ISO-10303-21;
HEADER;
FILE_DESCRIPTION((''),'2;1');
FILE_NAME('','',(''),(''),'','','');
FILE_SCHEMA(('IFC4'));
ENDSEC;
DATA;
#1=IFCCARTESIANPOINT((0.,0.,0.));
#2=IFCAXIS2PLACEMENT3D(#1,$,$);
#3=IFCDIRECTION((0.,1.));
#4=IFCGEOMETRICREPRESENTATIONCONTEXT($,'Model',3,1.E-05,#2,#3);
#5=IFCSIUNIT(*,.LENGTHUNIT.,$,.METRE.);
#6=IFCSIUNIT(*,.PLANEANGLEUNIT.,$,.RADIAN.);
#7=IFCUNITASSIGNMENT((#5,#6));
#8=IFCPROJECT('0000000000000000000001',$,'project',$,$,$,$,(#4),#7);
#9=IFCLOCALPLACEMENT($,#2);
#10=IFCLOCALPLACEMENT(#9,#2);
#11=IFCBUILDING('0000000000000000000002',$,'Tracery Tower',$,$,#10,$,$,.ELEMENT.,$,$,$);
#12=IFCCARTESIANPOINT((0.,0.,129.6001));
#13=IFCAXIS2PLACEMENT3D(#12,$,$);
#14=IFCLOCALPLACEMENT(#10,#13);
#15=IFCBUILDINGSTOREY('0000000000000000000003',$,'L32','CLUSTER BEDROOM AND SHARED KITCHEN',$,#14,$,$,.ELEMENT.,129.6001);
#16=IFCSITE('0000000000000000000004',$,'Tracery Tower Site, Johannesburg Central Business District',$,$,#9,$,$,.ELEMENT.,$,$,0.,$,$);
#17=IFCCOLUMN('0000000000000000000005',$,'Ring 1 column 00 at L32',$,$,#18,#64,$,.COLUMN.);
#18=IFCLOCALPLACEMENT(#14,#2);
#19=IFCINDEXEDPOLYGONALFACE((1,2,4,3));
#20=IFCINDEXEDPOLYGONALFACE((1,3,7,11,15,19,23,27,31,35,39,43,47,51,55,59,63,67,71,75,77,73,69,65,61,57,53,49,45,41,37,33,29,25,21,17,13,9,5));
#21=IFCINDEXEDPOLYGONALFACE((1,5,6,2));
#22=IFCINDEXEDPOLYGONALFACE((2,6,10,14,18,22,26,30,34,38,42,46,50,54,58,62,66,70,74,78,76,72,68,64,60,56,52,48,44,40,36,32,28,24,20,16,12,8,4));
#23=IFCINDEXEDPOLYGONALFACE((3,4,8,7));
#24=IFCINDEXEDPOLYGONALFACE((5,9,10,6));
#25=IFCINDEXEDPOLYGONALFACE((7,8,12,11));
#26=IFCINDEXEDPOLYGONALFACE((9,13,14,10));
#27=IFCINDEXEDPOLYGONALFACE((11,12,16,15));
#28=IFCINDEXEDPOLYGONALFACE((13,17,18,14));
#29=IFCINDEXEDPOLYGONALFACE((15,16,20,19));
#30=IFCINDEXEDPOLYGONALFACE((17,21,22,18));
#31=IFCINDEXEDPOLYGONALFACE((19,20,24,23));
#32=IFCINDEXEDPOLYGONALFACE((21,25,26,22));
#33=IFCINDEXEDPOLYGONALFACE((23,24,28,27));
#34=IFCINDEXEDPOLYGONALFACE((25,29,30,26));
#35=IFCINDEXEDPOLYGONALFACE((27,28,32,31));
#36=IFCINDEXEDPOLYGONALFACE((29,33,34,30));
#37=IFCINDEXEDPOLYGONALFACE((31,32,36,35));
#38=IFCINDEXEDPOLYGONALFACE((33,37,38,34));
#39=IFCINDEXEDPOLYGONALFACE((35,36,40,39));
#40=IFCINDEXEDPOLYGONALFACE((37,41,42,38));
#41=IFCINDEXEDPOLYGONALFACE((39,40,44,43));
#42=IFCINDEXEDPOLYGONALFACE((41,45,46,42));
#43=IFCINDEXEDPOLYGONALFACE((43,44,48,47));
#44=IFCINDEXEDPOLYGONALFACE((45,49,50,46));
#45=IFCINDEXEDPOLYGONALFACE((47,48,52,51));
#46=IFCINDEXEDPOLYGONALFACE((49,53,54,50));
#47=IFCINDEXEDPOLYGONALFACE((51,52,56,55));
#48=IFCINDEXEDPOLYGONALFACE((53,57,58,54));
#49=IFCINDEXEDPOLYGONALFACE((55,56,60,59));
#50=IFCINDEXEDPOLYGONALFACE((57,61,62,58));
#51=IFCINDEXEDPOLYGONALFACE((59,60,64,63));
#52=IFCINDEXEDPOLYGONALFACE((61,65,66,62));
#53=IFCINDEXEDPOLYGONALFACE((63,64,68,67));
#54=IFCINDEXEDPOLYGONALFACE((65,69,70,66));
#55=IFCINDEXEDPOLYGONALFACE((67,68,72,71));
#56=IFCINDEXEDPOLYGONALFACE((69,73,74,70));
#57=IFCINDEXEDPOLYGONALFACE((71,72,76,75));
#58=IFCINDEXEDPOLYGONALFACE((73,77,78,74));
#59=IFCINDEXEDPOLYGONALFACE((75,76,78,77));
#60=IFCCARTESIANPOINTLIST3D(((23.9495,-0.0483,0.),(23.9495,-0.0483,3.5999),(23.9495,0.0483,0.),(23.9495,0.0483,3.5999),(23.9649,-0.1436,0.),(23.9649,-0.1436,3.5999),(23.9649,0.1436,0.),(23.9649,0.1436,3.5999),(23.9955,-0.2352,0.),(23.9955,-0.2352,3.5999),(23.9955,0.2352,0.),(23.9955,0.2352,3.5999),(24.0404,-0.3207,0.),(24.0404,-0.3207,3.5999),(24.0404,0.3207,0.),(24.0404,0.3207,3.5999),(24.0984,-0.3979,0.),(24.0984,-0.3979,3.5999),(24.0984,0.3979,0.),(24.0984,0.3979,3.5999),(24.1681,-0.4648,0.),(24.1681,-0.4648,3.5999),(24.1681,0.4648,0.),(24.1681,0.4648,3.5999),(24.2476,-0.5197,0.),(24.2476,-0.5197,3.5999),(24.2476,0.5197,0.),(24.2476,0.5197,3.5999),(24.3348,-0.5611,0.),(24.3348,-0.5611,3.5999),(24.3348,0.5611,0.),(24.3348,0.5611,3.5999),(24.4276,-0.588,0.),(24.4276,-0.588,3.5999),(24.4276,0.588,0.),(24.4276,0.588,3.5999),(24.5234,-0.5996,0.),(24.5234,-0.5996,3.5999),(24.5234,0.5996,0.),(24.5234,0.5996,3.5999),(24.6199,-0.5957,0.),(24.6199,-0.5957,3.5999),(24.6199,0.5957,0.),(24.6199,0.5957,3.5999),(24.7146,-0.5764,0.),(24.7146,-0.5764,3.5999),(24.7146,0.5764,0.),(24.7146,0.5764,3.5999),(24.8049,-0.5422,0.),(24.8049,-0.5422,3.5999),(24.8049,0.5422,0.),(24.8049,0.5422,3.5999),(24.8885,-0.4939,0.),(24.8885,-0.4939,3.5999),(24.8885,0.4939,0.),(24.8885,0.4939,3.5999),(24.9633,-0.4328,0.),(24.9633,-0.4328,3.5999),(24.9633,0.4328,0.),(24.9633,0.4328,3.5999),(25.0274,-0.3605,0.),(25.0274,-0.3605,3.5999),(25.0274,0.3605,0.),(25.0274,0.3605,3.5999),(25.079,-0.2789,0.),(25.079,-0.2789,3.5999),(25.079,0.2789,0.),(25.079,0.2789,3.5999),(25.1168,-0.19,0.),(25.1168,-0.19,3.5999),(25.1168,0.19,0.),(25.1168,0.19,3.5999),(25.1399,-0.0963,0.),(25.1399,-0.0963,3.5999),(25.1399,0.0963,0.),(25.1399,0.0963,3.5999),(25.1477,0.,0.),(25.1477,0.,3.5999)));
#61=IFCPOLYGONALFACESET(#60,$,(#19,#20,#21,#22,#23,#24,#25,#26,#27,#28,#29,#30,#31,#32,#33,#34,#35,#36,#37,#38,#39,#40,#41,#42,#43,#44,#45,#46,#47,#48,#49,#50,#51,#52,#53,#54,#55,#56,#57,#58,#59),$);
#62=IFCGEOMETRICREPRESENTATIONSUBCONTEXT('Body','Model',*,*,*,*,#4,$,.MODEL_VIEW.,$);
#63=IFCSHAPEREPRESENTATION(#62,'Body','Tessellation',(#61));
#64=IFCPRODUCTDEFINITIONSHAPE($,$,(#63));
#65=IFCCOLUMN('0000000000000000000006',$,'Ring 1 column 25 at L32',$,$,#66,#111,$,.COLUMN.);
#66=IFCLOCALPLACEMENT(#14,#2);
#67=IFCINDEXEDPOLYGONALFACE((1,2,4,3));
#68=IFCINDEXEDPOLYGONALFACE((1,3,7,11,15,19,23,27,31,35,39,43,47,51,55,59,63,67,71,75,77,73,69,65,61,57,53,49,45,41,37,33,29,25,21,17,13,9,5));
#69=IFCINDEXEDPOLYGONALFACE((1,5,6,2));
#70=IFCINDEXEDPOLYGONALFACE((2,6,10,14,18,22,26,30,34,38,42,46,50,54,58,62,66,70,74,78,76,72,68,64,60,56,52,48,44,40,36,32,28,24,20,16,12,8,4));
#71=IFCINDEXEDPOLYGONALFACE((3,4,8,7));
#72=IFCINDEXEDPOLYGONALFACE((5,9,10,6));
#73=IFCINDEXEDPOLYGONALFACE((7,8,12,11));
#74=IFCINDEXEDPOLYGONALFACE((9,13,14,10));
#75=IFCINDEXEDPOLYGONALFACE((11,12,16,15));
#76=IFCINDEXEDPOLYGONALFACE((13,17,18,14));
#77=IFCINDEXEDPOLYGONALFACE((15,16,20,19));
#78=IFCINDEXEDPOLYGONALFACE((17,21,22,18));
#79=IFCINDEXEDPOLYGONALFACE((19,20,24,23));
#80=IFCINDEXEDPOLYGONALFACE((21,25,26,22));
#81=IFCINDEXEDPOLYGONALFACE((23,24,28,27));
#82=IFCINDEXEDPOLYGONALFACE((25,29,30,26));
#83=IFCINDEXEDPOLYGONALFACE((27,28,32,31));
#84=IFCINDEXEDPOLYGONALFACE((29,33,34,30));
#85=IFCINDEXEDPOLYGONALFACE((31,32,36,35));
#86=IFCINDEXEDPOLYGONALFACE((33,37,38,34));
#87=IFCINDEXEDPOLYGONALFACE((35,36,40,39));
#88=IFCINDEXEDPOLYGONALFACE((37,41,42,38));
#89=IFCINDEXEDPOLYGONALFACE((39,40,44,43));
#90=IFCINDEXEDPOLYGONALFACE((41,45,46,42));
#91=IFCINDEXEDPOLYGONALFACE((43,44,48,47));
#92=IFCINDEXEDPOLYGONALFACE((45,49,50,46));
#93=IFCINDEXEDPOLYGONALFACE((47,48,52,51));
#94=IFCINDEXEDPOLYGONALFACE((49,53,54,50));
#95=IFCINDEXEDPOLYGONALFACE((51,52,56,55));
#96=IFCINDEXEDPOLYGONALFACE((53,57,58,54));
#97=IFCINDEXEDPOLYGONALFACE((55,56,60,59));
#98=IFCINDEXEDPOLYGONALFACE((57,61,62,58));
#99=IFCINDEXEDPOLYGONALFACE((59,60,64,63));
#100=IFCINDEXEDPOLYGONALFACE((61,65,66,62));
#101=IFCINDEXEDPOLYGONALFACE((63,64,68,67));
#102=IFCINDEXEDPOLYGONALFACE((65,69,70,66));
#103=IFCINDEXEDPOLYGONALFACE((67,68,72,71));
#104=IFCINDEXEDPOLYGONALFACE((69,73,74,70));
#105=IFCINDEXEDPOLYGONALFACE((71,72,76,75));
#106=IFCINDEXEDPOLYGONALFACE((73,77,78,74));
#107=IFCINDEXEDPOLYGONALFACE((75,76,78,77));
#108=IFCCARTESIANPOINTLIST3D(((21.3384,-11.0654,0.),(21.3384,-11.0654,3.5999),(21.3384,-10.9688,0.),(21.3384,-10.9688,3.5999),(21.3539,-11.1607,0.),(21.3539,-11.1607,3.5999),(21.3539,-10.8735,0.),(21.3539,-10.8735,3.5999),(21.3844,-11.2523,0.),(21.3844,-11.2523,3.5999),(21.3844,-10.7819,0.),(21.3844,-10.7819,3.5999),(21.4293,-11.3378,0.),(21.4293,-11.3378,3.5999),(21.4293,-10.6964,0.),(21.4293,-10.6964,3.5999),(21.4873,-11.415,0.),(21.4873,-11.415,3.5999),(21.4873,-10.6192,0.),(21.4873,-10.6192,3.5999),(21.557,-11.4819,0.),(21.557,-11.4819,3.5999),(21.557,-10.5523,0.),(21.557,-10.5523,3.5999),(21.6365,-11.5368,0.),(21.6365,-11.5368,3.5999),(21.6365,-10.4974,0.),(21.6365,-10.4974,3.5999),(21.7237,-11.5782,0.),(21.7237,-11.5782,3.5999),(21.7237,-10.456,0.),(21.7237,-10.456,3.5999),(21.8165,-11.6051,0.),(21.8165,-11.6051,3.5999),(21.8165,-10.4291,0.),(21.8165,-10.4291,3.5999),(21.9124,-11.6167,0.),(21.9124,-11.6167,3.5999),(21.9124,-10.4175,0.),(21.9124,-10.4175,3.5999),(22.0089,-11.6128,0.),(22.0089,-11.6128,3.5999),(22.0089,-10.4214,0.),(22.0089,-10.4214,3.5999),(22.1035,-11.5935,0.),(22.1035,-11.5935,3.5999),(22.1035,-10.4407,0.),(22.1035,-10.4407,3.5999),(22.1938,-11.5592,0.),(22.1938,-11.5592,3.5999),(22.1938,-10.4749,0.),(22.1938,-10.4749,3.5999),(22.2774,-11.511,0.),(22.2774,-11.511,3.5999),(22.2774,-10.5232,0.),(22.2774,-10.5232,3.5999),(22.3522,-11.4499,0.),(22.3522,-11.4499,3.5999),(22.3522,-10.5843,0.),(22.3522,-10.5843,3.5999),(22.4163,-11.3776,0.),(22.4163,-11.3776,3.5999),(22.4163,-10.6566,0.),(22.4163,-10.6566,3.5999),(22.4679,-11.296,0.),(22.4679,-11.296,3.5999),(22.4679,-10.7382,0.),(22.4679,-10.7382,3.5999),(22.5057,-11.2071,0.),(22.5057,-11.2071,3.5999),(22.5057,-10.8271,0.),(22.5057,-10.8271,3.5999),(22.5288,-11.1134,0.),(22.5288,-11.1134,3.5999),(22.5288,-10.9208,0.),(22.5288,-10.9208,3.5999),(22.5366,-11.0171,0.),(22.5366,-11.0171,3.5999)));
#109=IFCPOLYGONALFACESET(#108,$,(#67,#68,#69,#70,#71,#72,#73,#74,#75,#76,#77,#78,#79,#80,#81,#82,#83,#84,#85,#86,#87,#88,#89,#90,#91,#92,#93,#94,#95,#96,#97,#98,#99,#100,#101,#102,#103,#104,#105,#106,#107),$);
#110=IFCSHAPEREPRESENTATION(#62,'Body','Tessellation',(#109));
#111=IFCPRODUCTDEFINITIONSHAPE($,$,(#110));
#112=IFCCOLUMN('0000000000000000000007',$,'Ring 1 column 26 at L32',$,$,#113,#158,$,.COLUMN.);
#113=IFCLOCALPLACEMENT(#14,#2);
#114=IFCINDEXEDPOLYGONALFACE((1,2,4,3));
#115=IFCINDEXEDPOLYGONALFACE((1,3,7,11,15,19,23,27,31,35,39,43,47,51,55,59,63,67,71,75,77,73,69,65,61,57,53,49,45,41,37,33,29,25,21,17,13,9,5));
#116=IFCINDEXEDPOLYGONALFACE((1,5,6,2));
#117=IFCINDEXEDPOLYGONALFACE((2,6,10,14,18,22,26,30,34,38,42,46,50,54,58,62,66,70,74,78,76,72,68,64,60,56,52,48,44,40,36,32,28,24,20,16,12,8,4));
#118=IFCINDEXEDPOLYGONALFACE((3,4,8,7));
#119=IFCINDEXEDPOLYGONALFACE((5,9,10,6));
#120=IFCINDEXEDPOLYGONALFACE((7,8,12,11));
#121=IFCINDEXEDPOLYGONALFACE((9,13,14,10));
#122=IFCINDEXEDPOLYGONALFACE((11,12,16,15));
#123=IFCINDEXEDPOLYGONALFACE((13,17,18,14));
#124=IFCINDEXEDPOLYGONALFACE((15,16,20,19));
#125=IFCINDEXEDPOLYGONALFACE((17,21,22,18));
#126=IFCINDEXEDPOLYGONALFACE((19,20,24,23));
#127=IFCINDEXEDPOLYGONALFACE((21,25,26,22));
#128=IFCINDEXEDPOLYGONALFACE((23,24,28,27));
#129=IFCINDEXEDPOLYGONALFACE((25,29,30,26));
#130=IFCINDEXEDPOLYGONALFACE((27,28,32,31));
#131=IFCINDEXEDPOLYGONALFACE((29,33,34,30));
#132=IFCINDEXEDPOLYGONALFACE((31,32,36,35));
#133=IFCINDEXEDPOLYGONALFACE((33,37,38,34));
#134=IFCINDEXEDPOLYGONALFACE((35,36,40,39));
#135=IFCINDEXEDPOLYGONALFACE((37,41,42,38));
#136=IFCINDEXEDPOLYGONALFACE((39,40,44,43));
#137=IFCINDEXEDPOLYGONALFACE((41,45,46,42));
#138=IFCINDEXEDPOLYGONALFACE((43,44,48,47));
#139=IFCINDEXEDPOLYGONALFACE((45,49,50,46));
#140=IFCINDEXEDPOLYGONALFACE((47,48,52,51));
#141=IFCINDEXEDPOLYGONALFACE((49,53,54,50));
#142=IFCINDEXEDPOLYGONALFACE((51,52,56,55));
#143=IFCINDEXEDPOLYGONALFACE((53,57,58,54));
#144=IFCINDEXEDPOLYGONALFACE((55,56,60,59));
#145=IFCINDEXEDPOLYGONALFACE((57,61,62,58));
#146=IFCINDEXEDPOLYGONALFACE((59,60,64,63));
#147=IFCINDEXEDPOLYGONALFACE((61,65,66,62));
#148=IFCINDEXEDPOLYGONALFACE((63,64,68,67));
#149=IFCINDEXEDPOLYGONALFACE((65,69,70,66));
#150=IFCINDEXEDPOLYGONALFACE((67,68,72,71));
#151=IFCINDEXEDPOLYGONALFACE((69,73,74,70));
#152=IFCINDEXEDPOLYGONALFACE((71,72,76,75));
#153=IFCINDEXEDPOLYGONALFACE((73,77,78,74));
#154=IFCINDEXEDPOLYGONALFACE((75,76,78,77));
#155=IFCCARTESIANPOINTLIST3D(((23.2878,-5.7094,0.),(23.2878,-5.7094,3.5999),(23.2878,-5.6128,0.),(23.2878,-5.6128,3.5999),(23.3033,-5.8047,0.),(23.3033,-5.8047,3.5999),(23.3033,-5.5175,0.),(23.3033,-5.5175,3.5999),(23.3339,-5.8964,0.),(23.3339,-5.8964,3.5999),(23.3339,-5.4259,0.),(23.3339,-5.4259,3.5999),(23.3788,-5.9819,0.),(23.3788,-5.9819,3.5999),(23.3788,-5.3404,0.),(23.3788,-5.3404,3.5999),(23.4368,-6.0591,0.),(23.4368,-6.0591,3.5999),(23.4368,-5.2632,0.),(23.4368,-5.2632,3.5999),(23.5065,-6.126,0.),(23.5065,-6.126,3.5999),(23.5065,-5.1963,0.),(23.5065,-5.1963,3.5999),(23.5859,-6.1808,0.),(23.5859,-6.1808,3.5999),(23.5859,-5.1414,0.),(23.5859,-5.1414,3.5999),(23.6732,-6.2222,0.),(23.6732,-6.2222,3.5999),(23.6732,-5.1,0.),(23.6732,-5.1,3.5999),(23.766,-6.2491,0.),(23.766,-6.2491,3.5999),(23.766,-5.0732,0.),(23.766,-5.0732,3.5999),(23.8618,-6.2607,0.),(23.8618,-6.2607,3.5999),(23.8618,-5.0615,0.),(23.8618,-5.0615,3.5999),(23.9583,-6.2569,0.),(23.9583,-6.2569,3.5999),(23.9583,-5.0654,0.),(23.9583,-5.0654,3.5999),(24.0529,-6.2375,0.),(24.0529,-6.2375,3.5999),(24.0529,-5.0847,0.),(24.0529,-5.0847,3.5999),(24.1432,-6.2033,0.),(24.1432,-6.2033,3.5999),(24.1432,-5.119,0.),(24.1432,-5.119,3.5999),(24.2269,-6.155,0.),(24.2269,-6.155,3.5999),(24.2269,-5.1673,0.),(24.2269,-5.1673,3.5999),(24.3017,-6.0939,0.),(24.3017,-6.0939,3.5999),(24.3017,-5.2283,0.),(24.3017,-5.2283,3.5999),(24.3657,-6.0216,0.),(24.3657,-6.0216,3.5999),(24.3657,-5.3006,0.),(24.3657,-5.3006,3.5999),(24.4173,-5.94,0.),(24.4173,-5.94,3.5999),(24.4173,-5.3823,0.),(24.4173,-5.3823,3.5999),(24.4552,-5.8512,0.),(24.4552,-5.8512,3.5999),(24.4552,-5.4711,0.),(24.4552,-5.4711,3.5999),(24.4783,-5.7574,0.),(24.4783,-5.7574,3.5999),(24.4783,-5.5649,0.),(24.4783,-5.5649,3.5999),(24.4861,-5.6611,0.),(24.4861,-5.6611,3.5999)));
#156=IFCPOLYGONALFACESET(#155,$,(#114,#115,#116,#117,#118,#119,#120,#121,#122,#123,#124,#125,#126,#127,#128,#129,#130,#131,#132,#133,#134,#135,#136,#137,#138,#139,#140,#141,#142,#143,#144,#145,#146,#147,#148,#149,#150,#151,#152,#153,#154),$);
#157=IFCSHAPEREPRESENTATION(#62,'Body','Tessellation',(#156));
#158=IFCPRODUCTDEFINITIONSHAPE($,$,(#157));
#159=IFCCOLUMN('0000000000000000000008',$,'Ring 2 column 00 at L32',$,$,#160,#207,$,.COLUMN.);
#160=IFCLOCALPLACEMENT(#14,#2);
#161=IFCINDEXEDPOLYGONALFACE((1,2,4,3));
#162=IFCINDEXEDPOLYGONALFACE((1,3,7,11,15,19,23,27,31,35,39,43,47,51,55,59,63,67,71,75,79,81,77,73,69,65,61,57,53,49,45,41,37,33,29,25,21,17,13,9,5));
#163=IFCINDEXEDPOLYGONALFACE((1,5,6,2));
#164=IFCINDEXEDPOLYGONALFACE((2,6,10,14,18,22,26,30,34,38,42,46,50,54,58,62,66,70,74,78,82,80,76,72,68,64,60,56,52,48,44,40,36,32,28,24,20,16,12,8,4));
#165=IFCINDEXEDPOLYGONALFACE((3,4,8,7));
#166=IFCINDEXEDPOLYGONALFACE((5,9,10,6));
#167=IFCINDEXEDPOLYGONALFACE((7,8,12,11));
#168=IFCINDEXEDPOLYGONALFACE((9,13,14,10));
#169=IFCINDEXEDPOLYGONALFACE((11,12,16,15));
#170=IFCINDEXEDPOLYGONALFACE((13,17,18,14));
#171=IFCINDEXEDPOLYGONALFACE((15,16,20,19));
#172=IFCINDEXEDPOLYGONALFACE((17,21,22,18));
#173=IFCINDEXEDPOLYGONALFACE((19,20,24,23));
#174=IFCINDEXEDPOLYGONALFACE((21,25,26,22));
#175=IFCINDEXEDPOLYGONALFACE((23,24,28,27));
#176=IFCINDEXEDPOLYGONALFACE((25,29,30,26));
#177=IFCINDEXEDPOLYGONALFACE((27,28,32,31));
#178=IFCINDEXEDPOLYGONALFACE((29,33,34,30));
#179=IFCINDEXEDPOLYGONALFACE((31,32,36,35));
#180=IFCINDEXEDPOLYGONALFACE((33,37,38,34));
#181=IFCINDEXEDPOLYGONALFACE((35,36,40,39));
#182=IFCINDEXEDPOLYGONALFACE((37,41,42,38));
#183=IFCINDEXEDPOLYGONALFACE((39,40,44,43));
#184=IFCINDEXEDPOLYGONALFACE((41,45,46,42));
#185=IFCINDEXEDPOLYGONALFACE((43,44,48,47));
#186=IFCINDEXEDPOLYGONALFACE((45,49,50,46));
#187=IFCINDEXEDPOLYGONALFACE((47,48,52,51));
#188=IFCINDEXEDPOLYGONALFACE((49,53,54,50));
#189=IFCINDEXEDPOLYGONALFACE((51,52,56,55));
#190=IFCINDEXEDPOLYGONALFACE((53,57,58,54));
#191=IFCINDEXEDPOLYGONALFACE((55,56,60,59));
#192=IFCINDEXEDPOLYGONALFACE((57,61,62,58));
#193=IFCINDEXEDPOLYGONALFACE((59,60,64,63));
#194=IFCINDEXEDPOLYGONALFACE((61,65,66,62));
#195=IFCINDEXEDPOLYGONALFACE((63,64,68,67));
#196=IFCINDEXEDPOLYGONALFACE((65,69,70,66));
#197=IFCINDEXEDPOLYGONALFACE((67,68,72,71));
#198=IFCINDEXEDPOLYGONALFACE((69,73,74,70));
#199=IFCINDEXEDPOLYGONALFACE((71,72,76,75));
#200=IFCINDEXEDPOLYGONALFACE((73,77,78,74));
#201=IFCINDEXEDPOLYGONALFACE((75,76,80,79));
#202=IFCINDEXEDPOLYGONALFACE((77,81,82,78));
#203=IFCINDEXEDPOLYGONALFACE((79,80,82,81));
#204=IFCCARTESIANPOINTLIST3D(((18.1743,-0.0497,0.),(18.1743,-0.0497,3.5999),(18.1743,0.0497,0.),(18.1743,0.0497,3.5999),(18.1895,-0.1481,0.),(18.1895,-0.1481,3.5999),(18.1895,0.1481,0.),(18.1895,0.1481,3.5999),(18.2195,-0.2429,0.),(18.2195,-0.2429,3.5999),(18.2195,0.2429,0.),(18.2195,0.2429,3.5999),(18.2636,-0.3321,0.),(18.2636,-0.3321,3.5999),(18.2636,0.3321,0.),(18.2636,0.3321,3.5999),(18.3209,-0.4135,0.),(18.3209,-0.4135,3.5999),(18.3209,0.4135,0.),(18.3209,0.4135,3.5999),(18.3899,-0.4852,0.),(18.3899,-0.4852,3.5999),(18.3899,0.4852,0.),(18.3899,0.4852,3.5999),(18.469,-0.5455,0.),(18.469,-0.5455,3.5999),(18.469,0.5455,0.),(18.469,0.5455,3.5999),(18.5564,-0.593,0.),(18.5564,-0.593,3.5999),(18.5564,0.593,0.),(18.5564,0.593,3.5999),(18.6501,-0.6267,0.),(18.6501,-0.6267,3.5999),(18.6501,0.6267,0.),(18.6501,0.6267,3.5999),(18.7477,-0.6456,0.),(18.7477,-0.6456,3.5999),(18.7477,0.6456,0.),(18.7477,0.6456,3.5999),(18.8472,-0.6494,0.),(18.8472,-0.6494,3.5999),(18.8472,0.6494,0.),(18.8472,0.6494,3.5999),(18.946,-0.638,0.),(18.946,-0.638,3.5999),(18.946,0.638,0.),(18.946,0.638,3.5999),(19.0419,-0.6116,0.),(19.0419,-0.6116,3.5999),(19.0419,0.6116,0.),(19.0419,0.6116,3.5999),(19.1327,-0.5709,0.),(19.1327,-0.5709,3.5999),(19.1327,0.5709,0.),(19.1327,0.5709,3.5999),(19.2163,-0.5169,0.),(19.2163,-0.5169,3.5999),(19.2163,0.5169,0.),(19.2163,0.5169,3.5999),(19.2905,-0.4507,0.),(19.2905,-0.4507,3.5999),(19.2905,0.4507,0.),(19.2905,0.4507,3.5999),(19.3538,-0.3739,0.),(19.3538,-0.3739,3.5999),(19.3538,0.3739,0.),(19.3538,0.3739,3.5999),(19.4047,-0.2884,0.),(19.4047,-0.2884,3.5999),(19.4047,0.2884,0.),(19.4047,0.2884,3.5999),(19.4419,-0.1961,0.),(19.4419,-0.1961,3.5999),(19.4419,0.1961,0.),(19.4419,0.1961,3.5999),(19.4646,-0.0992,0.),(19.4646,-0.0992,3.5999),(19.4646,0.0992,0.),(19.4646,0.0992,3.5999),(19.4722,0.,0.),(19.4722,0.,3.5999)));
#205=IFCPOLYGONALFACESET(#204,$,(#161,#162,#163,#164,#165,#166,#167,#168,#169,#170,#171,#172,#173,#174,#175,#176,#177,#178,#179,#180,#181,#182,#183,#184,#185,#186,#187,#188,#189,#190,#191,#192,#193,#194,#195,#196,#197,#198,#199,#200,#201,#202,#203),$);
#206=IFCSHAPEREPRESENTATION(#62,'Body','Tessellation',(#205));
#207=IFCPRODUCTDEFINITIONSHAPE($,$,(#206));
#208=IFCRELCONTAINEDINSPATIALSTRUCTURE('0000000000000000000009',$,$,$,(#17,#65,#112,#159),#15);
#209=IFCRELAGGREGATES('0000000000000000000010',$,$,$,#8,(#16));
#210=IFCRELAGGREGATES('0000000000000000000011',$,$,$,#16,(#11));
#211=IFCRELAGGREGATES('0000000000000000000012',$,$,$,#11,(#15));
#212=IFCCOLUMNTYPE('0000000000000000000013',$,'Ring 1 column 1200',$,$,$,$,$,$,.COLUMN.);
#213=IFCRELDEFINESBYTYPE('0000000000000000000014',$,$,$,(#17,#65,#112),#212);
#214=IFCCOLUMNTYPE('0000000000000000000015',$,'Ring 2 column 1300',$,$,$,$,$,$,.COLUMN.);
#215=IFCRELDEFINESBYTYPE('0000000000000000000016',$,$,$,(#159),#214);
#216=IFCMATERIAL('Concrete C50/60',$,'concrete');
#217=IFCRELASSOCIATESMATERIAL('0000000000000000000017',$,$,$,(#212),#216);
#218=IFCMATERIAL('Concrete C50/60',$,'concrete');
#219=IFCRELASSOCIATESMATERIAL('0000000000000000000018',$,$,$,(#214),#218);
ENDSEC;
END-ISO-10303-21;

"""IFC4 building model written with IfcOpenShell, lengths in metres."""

from ifc_helpers import new_model, si_unit, direction, frame, origin, origin_2d, place, context, subcontext, project, spatial, circle, extrude, material, material_profile, profile_set, type_object, element, save


model = new_model("IFC4")

# Units and contexts
model_context = context("Model", 3, precision=1e-05, world=origin(), true_north=direction((0.0, 1.0)))
body_context = subcontext(model_context, "Body", "Model", "MODEL_VIEW")
ifc_project = project(units=[si_unit("LENGTHUNIT", "METRE"), si_unit("PLANEANGLEUNIT", "RADIAN")], contexts=[model_context])

# Site, building, storey
site_placement = place(None, origin())
site = spatial("IfcSite", under=ifc_project, at=site_placement, Name="Tracery Tower Site, Johannesburg Central Business District", CompositionType="ELEMENT", RefElevation=0.0)
building_placement = place(site_placement, origin())
building = spatial("IfcBuilding", under=site, at=building_placement, Name="Tracery Tower", CompositionType="ELEMENT")
storey_placement = place(building_placement, frame((0.0, 0.0, 129.6001)))
storey = spatial("IfcBuildingStorey", under=building, at=storey_placement, Name="L32", Description="CLUSTER BEDROOM AND SHARED KITCHEN", CompositionType="ELEMENT", Elevation=129.6001)

# Columns
ifc_material_1 = material(Name="Concrete C50/60", Category="concrete")
ifc_material_profile_1 = material_profile(ifc_material_1, circle(Radius=0.6001, at=origin_2d()), Name="RC D1200")
ifc_profile_set_1 = profile_set([ifc_material_profile_1], Name="Concrete C50/60")
column_type_1 = type_object("IfcColumnType", Name="Ring 1 column 1200", PredefinedType="COLUMN", material=ifc_profile_set_1)
for number, where, z_axis, x_axis, name in (
    (1, (24.5476, 0.0, 0.0), (0.0, 0.0, 1.0), (1.0, 0.0, 0.0), "Ring 1 column 00 at L32"),
    (2, (21.9365, -11.0171, 0.0), (0.0, 0.0, 1.0), (1.0, 0.0, 0.0), "Ring 1 column 25 at L32"),
    (3, (23.886, -5.6611, 0.0), (0.0, 0.0, 1.0), (1.0, 0.0, 0.0), "Ring 1 column 26 at L32"),
):
    element("IfcColumn", number, at=place(storey_placement, frame(where, z_axis=z_axis, x_axis=x_axis)), inside=storey, type_object=column_type_1, Name=name, PredefinedType="COLUMN", context=body_context, shape_type="SweptSolid", body=[
        extrude(circle(Radius=0.6001, at=origin_2d()), origin(), (0.0, 0.0, 1.0), 3.5999),
    ])
ifc_material_2 = material(Name="Concrete C50/60", Category="concrete")
ifc_material_profile_2 = material_profile(ifc_material_2, circle(Radius=0.6499, at=origin_2d()), Name="RC D1300")
ifc_profile_set_2 = profile_set([ifc_material_profile_2], Name="Concrete C50/60")
column_type_2 = type_object("IfcColumnType", Name="Ring 2 column 1300", PredefinedType="COLUMN", material=ifc_profile_set_2)
for number, where, z_axis, x_axis, name in (
    (4, (18.8223, 0.0, 0.0), (0.0, 0.0, 1.0), (1.0, 0.0, 0.0), "Ring 2 column 00 at L32"),
):
    element("IfcColumn", number, at=place(storey_placement, frame(where, z_axis=z_axis, x_axis=x_axis)), inside=storey, type_object=column_type_2, Name=name, PredefinedType="COLUMN", context=body_context, shape_type="SweptSolid", body=[
        extrude(circle(Radius=0.6499, at=origin_2d()), origin(), (0.0, 0.0, 1.0), 3.5999),
    ])

save(model, "model.ifc")
